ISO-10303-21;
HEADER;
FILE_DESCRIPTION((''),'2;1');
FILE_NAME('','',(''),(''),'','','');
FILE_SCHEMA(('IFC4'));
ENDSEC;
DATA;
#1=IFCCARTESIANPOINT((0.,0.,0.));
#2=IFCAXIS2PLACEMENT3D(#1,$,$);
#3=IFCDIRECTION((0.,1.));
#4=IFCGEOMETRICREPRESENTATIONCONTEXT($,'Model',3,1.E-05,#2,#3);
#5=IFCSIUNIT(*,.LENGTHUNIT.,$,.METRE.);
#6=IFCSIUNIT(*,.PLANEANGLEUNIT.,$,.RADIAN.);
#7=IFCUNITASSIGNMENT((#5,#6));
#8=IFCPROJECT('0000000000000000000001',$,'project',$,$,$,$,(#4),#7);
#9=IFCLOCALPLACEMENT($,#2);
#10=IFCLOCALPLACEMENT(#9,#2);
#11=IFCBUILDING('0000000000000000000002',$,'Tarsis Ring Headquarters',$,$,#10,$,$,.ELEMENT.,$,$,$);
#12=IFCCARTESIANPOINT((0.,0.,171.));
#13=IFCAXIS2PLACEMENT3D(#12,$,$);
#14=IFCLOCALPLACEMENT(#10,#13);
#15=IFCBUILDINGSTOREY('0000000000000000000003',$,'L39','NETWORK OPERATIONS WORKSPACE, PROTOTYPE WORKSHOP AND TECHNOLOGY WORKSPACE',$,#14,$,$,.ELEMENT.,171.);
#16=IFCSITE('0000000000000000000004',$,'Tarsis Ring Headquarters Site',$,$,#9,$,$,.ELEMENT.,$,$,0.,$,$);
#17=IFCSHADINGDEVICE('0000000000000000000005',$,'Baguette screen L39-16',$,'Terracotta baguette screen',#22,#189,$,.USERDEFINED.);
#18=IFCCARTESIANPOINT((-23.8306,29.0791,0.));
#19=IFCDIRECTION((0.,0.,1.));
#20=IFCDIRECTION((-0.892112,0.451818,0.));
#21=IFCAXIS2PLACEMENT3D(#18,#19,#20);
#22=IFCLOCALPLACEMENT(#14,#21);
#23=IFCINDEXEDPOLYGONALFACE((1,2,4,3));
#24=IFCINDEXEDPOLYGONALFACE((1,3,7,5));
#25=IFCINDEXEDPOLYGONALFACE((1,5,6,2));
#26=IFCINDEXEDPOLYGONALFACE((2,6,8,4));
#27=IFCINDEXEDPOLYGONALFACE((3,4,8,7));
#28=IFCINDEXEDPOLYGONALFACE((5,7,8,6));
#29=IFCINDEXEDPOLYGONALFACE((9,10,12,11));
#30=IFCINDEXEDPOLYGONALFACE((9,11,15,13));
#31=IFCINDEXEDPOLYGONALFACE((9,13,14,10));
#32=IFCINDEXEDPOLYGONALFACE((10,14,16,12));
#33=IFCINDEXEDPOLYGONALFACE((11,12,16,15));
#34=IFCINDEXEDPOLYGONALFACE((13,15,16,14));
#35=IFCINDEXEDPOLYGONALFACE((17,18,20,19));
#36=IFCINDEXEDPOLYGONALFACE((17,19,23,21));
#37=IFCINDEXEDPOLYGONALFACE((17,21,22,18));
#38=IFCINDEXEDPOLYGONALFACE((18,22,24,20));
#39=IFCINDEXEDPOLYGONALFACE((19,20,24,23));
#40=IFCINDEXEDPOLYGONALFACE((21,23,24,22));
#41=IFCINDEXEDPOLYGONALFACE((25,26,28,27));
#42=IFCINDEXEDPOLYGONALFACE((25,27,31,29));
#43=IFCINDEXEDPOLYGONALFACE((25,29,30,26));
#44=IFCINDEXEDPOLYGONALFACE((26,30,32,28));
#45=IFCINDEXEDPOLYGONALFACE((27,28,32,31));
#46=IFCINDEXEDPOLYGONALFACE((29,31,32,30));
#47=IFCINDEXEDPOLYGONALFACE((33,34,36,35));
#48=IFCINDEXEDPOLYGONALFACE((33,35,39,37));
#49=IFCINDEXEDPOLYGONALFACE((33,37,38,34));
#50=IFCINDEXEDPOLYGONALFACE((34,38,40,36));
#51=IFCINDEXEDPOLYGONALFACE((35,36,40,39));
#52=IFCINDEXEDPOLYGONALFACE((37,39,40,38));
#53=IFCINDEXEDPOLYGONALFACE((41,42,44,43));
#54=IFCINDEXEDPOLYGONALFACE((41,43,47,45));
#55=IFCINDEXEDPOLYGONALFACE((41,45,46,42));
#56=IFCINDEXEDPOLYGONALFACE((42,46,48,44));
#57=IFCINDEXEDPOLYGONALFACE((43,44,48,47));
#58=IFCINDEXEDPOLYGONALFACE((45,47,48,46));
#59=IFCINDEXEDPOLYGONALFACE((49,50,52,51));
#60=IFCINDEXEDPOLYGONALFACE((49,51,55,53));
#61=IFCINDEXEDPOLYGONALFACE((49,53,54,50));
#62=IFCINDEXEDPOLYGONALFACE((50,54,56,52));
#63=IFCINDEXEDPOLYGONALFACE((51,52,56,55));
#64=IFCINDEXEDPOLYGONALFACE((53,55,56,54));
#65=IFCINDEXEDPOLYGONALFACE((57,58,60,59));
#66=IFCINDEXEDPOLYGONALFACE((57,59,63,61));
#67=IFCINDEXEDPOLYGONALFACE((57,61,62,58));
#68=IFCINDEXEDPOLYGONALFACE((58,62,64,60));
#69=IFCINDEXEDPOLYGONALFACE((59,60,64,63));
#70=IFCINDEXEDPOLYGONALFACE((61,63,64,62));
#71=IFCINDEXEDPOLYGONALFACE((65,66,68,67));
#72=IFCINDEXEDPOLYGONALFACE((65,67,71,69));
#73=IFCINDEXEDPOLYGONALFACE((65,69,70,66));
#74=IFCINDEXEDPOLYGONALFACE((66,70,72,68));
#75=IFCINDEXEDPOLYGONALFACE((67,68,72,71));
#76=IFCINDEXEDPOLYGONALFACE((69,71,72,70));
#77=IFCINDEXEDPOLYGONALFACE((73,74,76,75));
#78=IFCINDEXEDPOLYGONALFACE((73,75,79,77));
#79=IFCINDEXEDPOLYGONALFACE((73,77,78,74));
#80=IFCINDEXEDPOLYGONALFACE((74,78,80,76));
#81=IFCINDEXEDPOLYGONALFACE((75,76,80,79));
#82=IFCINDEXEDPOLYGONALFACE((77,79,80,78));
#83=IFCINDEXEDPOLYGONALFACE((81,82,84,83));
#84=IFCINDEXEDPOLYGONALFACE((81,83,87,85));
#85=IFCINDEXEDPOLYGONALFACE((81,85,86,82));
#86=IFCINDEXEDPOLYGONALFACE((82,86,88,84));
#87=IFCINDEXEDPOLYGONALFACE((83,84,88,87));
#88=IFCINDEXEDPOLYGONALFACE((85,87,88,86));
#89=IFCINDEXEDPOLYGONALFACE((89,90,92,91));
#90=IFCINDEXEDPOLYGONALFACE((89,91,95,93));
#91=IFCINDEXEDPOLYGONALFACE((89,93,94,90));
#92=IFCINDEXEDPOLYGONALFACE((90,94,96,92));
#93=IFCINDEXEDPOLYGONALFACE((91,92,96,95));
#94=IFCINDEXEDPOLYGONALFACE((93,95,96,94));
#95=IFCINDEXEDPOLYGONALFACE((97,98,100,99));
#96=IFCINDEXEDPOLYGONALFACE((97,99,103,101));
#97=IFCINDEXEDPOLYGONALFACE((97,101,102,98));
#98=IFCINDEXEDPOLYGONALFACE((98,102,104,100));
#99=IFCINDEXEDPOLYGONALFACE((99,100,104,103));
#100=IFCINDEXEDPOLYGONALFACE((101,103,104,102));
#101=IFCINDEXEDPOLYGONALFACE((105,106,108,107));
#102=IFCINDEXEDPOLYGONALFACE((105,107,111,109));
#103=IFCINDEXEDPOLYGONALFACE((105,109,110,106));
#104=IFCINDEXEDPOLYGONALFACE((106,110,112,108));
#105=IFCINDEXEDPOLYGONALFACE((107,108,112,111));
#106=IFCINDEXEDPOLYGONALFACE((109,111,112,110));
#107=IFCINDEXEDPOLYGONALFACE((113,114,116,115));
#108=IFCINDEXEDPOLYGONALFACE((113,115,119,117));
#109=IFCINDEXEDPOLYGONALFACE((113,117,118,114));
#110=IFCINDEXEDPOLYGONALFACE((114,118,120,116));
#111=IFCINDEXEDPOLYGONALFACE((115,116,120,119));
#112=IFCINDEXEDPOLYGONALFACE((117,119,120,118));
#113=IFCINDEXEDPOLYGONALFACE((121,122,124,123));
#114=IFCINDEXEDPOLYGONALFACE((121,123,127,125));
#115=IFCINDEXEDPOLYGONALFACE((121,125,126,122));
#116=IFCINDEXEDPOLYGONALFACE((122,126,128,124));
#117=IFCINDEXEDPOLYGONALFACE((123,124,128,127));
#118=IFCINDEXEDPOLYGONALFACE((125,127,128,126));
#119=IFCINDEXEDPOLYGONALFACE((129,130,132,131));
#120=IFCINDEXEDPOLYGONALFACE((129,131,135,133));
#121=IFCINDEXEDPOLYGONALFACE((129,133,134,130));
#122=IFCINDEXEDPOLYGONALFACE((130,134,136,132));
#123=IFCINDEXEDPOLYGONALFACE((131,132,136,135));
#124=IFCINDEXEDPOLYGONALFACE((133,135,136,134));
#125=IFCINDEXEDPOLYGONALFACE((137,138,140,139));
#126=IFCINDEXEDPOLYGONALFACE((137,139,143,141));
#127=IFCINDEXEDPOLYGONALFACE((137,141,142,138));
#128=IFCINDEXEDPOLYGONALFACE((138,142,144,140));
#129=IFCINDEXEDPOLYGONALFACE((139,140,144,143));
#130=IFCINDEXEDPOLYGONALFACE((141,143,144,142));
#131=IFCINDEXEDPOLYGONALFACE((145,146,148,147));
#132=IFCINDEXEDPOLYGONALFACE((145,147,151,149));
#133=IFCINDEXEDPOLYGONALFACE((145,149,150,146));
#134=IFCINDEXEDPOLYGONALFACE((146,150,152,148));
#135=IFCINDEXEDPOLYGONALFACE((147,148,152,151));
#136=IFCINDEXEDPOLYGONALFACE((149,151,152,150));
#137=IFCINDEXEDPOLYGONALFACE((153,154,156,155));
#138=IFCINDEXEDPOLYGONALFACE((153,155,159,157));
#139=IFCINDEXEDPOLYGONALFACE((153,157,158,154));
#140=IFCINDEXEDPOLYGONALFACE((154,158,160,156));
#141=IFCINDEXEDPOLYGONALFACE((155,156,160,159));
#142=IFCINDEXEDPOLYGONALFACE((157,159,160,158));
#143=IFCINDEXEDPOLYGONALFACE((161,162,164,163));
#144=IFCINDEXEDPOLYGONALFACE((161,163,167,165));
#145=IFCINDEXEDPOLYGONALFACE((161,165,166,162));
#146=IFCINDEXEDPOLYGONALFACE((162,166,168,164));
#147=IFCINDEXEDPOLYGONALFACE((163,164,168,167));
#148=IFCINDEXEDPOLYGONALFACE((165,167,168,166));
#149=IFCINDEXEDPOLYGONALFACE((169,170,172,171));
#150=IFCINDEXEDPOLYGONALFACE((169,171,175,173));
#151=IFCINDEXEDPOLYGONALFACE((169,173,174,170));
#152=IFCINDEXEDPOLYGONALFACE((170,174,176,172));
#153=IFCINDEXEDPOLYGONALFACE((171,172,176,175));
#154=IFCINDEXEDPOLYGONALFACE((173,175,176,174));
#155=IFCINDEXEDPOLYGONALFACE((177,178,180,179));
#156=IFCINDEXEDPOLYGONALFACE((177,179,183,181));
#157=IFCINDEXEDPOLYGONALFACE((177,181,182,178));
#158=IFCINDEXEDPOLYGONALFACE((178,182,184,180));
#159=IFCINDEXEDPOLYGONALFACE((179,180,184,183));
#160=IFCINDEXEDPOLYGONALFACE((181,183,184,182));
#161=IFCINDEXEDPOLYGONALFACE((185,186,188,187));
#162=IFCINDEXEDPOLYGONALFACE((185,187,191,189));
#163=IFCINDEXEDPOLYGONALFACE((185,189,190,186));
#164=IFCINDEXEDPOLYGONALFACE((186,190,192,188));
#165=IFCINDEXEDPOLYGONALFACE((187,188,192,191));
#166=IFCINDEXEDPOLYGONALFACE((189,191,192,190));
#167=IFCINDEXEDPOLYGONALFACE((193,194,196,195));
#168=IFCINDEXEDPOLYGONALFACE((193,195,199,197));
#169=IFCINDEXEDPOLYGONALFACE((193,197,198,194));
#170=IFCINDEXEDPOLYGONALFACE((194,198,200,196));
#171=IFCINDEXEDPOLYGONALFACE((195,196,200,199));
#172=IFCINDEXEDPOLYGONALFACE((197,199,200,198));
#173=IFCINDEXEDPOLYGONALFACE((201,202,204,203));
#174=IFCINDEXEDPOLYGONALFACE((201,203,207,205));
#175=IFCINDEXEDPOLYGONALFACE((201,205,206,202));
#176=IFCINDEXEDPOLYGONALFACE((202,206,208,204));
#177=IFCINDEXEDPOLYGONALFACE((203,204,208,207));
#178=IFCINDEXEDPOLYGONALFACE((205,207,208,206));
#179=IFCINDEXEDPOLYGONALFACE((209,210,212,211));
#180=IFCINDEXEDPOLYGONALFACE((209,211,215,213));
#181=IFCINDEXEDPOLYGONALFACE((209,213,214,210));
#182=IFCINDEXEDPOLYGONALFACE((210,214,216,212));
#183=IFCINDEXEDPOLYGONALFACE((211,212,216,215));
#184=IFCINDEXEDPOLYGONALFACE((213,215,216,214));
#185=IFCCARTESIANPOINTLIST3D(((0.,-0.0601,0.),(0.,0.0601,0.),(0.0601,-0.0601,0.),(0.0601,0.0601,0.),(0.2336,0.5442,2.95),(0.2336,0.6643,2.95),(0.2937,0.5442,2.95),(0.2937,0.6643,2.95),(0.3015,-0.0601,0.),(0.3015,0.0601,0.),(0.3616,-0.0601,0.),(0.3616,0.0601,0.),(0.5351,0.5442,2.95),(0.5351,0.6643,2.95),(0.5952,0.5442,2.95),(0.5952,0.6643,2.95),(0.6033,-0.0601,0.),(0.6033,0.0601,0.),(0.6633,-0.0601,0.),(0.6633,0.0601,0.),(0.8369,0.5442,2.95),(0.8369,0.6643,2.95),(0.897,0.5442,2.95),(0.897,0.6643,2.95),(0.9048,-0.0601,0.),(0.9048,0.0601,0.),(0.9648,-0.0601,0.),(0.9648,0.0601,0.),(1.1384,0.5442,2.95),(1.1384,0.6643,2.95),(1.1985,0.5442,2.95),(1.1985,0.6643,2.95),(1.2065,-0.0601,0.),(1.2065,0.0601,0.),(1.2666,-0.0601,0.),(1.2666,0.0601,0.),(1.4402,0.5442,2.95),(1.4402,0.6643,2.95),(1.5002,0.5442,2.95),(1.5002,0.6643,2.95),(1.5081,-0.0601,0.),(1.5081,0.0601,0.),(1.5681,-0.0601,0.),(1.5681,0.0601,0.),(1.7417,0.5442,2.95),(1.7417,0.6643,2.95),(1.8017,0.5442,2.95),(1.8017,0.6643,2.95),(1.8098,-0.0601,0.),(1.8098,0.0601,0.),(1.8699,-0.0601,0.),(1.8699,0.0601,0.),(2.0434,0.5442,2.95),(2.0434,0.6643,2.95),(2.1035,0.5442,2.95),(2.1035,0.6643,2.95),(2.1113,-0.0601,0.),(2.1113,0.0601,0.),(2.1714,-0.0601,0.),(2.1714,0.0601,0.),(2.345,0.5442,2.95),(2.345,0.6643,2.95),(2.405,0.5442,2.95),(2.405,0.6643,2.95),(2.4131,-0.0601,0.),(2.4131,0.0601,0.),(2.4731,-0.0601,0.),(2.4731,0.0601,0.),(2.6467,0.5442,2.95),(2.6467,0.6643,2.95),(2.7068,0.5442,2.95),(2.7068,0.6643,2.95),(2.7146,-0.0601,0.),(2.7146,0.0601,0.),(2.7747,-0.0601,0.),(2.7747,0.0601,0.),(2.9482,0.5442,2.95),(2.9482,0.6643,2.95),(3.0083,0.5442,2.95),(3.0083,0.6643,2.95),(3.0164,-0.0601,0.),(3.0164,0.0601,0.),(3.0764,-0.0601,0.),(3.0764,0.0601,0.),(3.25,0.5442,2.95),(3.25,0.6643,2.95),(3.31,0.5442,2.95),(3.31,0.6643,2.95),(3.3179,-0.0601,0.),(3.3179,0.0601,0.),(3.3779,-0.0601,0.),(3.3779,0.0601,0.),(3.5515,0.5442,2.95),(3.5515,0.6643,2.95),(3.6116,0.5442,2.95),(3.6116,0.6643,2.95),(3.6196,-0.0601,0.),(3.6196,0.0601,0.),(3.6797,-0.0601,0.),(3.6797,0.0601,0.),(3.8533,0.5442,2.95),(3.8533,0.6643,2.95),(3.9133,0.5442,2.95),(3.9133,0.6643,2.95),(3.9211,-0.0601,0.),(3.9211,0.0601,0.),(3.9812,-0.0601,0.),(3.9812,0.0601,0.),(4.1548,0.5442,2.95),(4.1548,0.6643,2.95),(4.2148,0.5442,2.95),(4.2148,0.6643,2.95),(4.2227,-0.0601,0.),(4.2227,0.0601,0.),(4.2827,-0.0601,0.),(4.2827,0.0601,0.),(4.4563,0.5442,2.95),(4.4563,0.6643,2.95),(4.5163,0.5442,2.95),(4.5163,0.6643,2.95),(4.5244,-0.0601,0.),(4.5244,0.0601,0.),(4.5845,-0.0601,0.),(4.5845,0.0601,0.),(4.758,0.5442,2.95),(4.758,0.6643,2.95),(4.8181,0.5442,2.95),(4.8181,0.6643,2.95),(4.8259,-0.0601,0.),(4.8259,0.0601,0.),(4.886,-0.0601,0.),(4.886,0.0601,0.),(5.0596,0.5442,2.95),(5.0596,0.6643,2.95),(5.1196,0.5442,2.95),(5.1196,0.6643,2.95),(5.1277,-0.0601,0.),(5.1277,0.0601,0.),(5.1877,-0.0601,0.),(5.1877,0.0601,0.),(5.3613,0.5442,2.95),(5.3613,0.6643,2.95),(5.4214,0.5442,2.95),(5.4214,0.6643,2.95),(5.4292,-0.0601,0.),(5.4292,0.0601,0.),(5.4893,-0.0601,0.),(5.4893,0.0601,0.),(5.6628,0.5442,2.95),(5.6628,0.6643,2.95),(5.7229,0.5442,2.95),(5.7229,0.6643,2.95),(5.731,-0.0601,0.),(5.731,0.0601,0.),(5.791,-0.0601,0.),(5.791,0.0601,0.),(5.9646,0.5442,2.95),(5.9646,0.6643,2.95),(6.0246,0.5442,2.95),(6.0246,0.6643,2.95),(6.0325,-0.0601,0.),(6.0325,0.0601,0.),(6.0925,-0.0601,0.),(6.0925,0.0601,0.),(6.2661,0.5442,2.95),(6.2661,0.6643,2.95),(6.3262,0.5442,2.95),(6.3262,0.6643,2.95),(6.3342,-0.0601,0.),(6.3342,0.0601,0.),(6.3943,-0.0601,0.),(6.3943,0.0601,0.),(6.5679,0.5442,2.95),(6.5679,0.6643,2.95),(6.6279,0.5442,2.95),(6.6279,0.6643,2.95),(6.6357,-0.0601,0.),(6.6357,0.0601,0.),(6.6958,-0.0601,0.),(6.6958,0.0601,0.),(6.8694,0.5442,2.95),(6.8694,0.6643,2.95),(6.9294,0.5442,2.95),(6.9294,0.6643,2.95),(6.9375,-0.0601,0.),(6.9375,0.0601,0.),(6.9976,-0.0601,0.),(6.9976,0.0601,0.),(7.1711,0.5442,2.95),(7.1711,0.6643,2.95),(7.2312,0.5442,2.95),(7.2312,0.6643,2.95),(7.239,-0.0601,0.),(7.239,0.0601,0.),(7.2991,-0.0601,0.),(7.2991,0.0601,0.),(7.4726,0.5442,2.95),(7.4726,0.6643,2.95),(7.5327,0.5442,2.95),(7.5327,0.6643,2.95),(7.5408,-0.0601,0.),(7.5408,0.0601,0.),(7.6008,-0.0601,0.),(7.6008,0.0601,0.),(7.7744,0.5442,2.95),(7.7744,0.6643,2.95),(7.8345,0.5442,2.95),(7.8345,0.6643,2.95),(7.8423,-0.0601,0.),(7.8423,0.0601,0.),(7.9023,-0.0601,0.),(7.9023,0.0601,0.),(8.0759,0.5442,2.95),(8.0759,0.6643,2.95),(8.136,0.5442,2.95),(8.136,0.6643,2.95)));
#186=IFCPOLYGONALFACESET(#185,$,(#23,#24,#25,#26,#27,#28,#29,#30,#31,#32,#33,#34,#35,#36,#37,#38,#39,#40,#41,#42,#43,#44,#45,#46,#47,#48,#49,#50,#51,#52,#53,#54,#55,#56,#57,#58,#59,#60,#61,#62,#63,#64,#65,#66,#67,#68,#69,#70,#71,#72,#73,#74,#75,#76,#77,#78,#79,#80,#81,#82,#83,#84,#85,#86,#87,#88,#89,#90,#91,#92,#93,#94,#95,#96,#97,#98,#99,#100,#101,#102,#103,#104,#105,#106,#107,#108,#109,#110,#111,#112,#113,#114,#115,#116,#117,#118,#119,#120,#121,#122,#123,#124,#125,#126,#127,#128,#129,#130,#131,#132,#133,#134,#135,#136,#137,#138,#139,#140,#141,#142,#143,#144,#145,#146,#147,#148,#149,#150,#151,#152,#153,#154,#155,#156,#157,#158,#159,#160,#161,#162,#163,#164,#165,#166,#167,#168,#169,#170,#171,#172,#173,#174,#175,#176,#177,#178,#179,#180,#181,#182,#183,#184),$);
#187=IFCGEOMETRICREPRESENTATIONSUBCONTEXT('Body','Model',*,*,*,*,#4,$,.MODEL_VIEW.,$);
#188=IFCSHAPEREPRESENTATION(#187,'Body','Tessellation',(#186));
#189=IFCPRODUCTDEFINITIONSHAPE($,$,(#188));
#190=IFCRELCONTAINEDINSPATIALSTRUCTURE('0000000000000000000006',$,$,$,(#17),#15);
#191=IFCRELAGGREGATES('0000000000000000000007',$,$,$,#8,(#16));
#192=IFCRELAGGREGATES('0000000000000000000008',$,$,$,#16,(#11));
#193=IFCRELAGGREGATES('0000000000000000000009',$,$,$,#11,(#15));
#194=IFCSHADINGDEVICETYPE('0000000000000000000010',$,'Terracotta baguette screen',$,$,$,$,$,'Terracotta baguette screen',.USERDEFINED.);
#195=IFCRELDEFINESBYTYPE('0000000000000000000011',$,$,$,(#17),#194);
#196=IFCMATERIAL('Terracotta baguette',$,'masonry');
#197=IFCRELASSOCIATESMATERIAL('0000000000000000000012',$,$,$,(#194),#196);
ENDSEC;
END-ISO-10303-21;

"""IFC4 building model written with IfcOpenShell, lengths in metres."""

from ifc_helpers import new_model, si_unit, direction, frame, frame_2d, origin, place, context, subcontext, project, spatial, rectangle, composite_profile, extrude, material, type_object, element, save


model = new_model("IFC4")

# Units and contexts
model_context = context("Model", 3, precision=1e-05, world=origin(), true_north=direction((0.0, 1.0)))
body_context = subcontext(model_context, "Body", "Model", "MODEL_VIEW")
ifc_project = project(units=[si_unit("LENGTHUNIT", "METRE"), si_unit("PLANEANGLEUNIT", "RADIAN")], contexts=[model_context])

# Site, building, storey
site_placement = place(None, origin())
site = spatial("IfcSite", under=ifc_project, at=site_placement, Name="Tarsis Ring Headquarters Site", CompositionType="ELEMENT", RefElevation=0.0)
building_placement = place(site_placement, origin())
building = spatial("IfcBuilding", under=site, at=building_placement, Name="Tarsis Ring Headquarters", CompositionType="ELEMENT")
storey_placement = place(building_placement, frame((0.0, 0.0, 171.0)))
storey = spatial("IfcBuildingStorey", under=building, at=storey_placement, Name="L39", Description="NETWORK OPERATIONS WORKSPACE, PROTOTYPE WORKSHOP AND TECHNOLOGY WORKSPACE", CompositionType="ELEMENT", Elevation=171.0)

# Shading device
ifc_material_1 = material(Name="Terracotta baguette", Category="masonry")
shading_device_type_1 = type_object("IfcShadingDeviceType", Name="Terracotta baguette screen", ElementType="Terracotta baguette screen", PredefinedType="USERDEFINED", material=ifc_material_1)
shading_device_placement = place(storey_placement, frame((-23.8306, 29.0791, 0.0), z_axis=(0.0, 0.0, 1.0), x_axis=(-0.892112, 0.451818, 0.0)))
element("IfcShadingDevice", 1, at=shading_device_placement, inside=storey, type_object=shading_device_type_1, Name="Baguette screen L39-16", ObjectType="Terracotta baguette screen", PredefinedType="USERDEFINED", context=body_context, shape_type="SweptSolid", body=[
    extrude(composite_profile([rectangle(XDim=0.0601, YDim=0.1201, at=frame_2d((0.03, 0.0))), rectangle(XDim=0.0601, YDim=0.1201, at=frame_2d((0.3315, 0.0))), rectangle(XDim=0.0601, YDim=0.1201, at=frame_2d((0.6333, 0.0))), rectangle(XDim=0.0601, YDim=0.1201, at=frame_2d((0.9348, 0.0))), rectangle(XDim=0.0601, YDim=0.1201, at=frame_2d((1.2366, 0.0))), rectangle(XDim=0.0601, YDim=0.1201, at=frame_2d((1.5381, 0.0))), rectangle(XDim=0.0601, YDim=0.1201, at=frame_2d((1.8398, 0.0))), rectangle(XDim=0.0601, YDim=0.1201, at=frame_2d((2.1414, 0.0))), rectangle(XDim=0.0601, YDim=0.1201, at=frame_2d((2.4431, 0.0))), rectangle(XDim=0.0601, YDim=0.1201, at=frame_2d((2.7446, 0.0))), rectangle(XDim=0.0601, YDim=0.1201, at=frame_2d((3.0464, 0.0))), rectangle(XDim=0.0601, YDim=0.1201, at=frame_2d((3.3479, 0.0))), rectangle(XDim=0.0601, YDim=0.1201, at=frame_2d((3.6497, 0.0))), rectangle(XDim=0.0601, YDim=0.1201, at=frame_2d((3.9512, 0.0))), rectangle(XDim=0.0601, YDim=0.1201, at=frame_2d((4.2527, 0.0))), rectangle(XDim=0.0601, YDim=0.1201, at=frame_2d((4.5544, 0.0))), rectangle(XDim=0.0601, YDim=0.1201, at=frame_2d((4.856, 0.0))), rectangle(XDim=0.0601, YDim=0.1201, at=frame_2d((5.1577, 0.0))), rectangle(XDim=0.0601, YDim=0.1201, at=frame_2d((5.4592, 0.0))), rectangle(XDim=0.0601, YDim=0.1201, at=frame_2d((5.761, 0.0))), rectangle(XDim=0.0601, YDim=0.1201, at=frame_2d((6.0625, 0.0))), rectangle(XDim=0.0601, YDim=0.1201, at=frame_2d((6.3643, 0.0))), rectangle(XDim=0.0601, YDim=0.1201, at=frame_2d((6.6658, 0.0))), rectangle(XDim=0.0601, YDim=0.1201, at=frame_2d((6.9675, 0.0))), rectangle(XDim=0.0601, YDim=0.1201, at=frame_2d((7.269, 0.0))), rectangle(XDim=0.0601, YDim=0.1201, at=frame_2d((7.5708, 0.0))), rectangle(XDim=0.0601, YDim=0.1201, at=frame_2d((7.8723, 0.0)))]), origin(), (0.077353, 0.200061, 0.976725), 3.0203),
])

save(model, "model.ifc")
